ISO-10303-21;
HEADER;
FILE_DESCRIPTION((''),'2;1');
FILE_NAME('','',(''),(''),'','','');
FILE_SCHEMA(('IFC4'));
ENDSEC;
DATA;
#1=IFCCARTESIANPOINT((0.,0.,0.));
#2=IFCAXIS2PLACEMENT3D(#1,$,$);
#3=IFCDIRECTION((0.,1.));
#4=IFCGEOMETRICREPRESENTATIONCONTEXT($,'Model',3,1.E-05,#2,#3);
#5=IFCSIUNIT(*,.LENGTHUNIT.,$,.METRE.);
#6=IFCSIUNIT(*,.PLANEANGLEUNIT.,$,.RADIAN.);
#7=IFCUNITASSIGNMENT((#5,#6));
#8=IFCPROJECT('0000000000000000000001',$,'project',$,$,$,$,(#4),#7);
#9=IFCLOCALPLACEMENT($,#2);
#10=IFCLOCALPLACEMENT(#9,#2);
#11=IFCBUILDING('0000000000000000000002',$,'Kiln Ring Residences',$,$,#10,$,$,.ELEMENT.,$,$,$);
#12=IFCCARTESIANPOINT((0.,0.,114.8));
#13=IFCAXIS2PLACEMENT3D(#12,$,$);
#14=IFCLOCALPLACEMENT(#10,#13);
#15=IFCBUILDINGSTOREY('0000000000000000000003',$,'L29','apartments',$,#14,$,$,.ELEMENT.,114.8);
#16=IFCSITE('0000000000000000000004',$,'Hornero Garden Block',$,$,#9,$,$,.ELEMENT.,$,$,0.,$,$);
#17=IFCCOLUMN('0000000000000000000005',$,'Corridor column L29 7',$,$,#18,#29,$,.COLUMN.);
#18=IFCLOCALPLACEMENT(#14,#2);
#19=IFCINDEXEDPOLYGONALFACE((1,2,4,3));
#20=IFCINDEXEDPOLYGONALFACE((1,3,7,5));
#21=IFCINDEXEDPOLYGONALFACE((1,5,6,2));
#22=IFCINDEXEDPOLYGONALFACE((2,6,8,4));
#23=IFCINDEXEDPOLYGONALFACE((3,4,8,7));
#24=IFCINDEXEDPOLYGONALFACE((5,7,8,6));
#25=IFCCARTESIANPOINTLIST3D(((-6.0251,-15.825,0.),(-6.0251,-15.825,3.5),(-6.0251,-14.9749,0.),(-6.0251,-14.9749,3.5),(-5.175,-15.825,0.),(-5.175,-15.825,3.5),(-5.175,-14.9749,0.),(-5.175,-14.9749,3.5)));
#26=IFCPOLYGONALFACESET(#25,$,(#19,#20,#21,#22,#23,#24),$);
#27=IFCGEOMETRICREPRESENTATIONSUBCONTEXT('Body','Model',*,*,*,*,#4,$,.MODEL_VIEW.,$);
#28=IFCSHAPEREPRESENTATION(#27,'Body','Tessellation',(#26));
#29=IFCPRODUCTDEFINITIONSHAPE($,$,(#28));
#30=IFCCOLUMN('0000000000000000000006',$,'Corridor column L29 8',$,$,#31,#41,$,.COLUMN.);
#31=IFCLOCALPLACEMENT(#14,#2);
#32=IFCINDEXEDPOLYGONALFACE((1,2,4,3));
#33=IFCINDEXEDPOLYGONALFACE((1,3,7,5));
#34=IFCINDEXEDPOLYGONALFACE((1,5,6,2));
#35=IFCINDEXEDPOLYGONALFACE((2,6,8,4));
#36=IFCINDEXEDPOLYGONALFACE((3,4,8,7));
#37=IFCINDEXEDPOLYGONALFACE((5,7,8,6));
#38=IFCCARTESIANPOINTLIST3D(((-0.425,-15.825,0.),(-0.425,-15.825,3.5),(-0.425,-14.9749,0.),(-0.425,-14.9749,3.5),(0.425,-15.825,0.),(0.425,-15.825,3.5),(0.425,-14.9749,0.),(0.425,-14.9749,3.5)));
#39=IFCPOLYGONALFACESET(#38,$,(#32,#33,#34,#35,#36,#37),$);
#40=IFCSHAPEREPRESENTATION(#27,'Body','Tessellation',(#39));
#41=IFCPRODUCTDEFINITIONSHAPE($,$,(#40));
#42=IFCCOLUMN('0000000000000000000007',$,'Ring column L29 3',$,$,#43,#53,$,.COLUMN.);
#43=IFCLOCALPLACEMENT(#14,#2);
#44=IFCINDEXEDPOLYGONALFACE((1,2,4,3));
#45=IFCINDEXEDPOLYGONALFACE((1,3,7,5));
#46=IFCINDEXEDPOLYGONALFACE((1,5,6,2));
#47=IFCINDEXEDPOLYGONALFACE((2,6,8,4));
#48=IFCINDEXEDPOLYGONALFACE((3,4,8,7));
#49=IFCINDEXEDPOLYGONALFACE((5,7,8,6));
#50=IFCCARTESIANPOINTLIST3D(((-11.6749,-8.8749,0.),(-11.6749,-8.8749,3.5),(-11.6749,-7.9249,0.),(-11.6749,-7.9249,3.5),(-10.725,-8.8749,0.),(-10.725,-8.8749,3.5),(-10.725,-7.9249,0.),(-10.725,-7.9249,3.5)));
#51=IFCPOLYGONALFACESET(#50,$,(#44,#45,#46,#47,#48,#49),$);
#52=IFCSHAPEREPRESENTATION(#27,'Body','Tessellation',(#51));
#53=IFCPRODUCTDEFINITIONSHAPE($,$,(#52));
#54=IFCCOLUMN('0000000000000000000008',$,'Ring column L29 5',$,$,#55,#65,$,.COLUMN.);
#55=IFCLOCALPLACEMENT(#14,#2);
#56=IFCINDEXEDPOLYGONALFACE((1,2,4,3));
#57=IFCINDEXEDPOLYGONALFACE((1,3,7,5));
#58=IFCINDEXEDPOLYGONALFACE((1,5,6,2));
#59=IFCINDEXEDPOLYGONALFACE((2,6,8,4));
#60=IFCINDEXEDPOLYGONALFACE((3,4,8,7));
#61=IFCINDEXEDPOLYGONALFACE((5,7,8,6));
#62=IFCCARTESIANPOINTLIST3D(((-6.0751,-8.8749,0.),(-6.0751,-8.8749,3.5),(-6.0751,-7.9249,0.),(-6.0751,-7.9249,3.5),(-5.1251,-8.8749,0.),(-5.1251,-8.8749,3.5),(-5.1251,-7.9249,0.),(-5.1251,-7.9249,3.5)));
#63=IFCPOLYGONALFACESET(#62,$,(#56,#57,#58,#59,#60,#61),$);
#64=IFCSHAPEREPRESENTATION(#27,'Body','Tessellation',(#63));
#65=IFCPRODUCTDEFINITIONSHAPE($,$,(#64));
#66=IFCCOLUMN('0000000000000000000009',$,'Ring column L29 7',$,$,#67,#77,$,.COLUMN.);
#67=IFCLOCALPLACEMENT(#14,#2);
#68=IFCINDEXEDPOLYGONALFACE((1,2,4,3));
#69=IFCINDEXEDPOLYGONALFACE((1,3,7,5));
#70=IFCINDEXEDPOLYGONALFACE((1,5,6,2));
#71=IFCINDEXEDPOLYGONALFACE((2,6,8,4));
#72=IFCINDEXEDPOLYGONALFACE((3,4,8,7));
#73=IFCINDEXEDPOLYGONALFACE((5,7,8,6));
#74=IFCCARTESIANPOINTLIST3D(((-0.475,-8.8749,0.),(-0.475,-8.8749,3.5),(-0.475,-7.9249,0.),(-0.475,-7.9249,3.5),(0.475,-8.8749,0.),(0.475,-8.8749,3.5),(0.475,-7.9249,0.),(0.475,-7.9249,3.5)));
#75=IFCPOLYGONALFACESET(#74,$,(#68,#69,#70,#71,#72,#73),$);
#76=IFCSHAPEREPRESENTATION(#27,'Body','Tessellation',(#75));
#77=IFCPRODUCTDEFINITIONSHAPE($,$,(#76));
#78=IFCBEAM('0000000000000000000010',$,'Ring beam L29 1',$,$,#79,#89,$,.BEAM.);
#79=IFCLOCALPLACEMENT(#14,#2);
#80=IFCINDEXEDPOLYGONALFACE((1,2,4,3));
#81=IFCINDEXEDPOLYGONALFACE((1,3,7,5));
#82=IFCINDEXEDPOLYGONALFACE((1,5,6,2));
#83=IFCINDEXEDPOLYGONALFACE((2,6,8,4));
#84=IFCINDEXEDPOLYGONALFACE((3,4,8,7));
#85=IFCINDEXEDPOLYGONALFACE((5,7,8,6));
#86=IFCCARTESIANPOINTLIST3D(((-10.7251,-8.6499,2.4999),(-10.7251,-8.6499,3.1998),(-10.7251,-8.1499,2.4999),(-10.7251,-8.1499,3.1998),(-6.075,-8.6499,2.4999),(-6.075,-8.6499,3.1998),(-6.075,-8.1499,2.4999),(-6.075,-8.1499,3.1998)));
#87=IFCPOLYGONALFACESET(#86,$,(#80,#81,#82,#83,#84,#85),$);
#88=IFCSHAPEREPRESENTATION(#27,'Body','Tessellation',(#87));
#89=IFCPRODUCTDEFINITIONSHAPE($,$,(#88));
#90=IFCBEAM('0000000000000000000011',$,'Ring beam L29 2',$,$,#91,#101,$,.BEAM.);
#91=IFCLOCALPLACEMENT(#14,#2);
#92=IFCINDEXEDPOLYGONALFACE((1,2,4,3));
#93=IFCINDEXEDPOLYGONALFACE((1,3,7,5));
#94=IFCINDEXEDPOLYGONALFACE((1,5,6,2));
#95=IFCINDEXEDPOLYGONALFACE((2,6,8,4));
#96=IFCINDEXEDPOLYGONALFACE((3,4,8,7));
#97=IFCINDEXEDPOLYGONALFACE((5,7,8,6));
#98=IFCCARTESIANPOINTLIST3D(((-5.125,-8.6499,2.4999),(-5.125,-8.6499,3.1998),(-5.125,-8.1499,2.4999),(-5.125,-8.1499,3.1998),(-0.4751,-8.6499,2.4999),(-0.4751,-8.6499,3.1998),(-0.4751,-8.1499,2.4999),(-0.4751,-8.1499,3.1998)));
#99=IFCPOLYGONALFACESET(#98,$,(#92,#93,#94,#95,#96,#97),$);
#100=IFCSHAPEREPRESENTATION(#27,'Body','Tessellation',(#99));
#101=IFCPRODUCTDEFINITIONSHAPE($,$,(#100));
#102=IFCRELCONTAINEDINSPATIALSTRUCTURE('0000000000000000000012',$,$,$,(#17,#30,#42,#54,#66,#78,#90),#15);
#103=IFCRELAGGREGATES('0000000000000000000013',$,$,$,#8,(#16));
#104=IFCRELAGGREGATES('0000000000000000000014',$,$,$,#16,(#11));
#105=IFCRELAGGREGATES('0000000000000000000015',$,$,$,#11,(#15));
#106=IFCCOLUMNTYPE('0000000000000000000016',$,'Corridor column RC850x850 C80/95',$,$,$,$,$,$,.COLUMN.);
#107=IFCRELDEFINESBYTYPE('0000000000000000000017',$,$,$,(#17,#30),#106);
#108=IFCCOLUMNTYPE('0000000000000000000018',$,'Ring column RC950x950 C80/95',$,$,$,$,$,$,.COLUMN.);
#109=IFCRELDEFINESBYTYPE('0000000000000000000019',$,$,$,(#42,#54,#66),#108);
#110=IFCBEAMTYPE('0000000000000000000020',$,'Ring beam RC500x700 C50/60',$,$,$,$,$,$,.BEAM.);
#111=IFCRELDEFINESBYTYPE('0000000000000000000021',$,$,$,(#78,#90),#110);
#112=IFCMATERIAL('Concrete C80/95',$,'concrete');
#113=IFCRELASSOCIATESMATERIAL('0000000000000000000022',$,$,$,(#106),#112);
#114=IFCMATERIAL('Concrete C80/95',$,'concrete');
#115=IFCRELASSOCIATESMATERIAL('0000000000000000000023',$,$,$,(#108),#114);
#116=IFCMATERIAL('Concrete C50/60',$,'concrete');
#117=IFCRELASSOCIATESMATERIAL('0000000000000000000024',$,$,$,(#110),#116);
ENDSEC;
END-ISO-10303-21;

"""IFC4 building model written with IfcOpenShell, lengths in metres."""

from ifc_helpers import new_model, si_unit, direction, frame, origin, origin_2d, place, context, subcontext, project, spatial, rectangle, extrude, material, material_profile, profile_set, type_object, element, save


model = new_model("IFC4")

# Units and contexts
model_context = context("Model", 3, precision=1e-05, world=origin(), true_north=direction((0.0, 1.0)))
body_context = subcontext(model_context, "Body", "Model", "MODEL_VIEW")
ifc_project = project(units=[si_unit("LENGTHUNIT", "METRE"), si_unit("PLANEANGLEUNIT", "RADIAN")], contexts=[model_context])

# Site, building, storey
site_placement = place(None, origin())
site = spatial("IfcSite", under=ifc_project, at=site_placement, Name="Hornero Garden Block", CompositionType="ELEMENT", RefElevation=0.0)
building_placement = place(site_placement, origin())
building = spatial("IfcBuilding", under=site, at=building_placement, Name="Kiln Ring Residences", CompositionType="ELEMENT")
storey_placement = place(building_placement, frame((0.0, 0.0, 114.8)))
storey = spatial("IfcBuildingStorey", under=building, at=storey_placement, Name="L29", Description="apartments", CompositionType="ELEMENT", Elevation=114.8)

# Columns
ifc_material_1 = material(Name="Concrete C80/95", Category="concrete")
ifc_material_profile_1 = material_profile(ifc_material_1, rectangle(XDim=0.8501, YDim=0.8501, at=origin_2d()), Name="RC850x850")
ifc_profile_set_1 = profile_set([ifc_material_profile_1], Name="Concrete C80/95")
column_type_1 = type_object("IfcColumnType", Name="Corridor column RC850x850 C80/95", PredefinedType="COLUMN", material=ifc_profile_set_1)
for number, where, z_axis, x_axis, name in (
    (1, (-5.6001, -15.3999, 0.0), (0.0, 0.0, 1.0), (1.0, 0.0, 0.0), "Corridor column L29 7"),
    (2, (0.0, -15.3999, 0.0), (0.0, 0.0, 1.0), (1.0, 0.0, 0.0), "Corridor column L29 8"),
):
    element("IfcColumn", number, at=place(storey_placement, frame(where, z_axis=z_axis, x_axis=x_axis)), inside=storey, type_object=column_type_1, Name=name, PredefinedType="COLUMN", context=body_context, shape_type="SweptSolid", body=[
        extrude(rectangle(XDim=0.8501, YDim=0.8501, at=origin_2d()), origin(), (0.0, 0.0, 1.0), 3.5),
    ])
ifc_material_2 = material(Name="Concrete C80/95", Category="concrete")
ifc_material_profile_2 = material_profile(ifc_material_2, rectangle(XDim=0.95, YDim=0.95, at=origin_2d()), Name="RC950x950")
ifc_profile_set_2 = profile_set([ifc_material_profile_2], Name="Concrete C80/95")
column_type_2 = type_object("IfcColumnType", Name="Ring column RC950x950 C80/95", PredefinedType="COLUMN", material=ifc_profile_set_2)
for number, where, z_axis, x_axis, name in (
    (3, (-11.2, -8.3999, 0.0), (0.0, 0.0, 1.0), (1.0, 0.0, 0.0), "Ring column L29 3"),
    (4, (-5.6001, -8.3999, 0.0), (0.0, 0.0, 1.0), (1.0, 0.0, 0.0), "Ring column L29 5"),
    (5, (0.0, -8.3999, 0.0), (0.0, 0.0, 1.0), (1.0, 0.0, 0.0), "Ring column L29 7"),
):
    element("IfcColumn", number, at=place(storey_placement, frame(where, z_axis=z_axis, x_axis=x_axis)), inside=storey, type_object=column_type_2, Name=name, PredefinedType="COLUMN", context=body_context, shape_type="SweptSolid", body=[
        extrude(rectangle(XDim=0.95, YDim=0.95, at=origin_2d()), origin(), (0.0, 0.0, 1.0), 3.5),
    ])

# Beams
ifc_material_3 = material(Name="Concrete C50/60", Category="concrete")
ifc_material_profile_3 = material_profile(ifc_material_3, rectangle(XDim=0.5, YDim=0.7, at=origin_2d()), Name="RC500x700")
ifc_profile_set_3 = profile_set([ifc_material_profile_3], Name="Concrete C50/60")
beam_type = type_object("IfcBeamType", Name="Ring beam RC500x700 C50/60", PredefinedType="BEAM", material=ifc_profile_set_3)
beam_1_placement = place(storey_placement, frame((-10.7251, -8.3999, 2.8499), z_axis=(1.0, 0.0, 0.0), x_axis=(0.0, 1.0, 0.0)))
element("IfcBeam", 6, at=beam_1_placement, inside=storey, type_object=beam_type, Name="Ring beam L29 1", PredefinedType="BEAM", context=body_context, shape_type="SweptSolid", body=[
    extrude(rectangle(XDim=0.5, YDim=0.7, at=origin_2d()), origin(), (0.0, 0.0, 1.0), 4.6501),
])
beam_2_placement = place(storey_placement, frame((-5.125, -8.3999, 2.8499), z_axis=(1.0, 0.0, 0.0), x_axis=(0.0, 1.0, 0.0)))
element("IfcBeam", 7, at=beam_2_placement, inside=storey, type_object=beam_type, Name="Ring beam L29 2", PredefinedType="BEAM", context=body_context, shape_type="SweptSolid", body=[
    extrude(rectangle(XDim=0.5, YDim=0.7, at=origin_2d()), origin(), (0.0, 0.0, 1.0), 4.6499),
])

save(model, "model.ifc")
